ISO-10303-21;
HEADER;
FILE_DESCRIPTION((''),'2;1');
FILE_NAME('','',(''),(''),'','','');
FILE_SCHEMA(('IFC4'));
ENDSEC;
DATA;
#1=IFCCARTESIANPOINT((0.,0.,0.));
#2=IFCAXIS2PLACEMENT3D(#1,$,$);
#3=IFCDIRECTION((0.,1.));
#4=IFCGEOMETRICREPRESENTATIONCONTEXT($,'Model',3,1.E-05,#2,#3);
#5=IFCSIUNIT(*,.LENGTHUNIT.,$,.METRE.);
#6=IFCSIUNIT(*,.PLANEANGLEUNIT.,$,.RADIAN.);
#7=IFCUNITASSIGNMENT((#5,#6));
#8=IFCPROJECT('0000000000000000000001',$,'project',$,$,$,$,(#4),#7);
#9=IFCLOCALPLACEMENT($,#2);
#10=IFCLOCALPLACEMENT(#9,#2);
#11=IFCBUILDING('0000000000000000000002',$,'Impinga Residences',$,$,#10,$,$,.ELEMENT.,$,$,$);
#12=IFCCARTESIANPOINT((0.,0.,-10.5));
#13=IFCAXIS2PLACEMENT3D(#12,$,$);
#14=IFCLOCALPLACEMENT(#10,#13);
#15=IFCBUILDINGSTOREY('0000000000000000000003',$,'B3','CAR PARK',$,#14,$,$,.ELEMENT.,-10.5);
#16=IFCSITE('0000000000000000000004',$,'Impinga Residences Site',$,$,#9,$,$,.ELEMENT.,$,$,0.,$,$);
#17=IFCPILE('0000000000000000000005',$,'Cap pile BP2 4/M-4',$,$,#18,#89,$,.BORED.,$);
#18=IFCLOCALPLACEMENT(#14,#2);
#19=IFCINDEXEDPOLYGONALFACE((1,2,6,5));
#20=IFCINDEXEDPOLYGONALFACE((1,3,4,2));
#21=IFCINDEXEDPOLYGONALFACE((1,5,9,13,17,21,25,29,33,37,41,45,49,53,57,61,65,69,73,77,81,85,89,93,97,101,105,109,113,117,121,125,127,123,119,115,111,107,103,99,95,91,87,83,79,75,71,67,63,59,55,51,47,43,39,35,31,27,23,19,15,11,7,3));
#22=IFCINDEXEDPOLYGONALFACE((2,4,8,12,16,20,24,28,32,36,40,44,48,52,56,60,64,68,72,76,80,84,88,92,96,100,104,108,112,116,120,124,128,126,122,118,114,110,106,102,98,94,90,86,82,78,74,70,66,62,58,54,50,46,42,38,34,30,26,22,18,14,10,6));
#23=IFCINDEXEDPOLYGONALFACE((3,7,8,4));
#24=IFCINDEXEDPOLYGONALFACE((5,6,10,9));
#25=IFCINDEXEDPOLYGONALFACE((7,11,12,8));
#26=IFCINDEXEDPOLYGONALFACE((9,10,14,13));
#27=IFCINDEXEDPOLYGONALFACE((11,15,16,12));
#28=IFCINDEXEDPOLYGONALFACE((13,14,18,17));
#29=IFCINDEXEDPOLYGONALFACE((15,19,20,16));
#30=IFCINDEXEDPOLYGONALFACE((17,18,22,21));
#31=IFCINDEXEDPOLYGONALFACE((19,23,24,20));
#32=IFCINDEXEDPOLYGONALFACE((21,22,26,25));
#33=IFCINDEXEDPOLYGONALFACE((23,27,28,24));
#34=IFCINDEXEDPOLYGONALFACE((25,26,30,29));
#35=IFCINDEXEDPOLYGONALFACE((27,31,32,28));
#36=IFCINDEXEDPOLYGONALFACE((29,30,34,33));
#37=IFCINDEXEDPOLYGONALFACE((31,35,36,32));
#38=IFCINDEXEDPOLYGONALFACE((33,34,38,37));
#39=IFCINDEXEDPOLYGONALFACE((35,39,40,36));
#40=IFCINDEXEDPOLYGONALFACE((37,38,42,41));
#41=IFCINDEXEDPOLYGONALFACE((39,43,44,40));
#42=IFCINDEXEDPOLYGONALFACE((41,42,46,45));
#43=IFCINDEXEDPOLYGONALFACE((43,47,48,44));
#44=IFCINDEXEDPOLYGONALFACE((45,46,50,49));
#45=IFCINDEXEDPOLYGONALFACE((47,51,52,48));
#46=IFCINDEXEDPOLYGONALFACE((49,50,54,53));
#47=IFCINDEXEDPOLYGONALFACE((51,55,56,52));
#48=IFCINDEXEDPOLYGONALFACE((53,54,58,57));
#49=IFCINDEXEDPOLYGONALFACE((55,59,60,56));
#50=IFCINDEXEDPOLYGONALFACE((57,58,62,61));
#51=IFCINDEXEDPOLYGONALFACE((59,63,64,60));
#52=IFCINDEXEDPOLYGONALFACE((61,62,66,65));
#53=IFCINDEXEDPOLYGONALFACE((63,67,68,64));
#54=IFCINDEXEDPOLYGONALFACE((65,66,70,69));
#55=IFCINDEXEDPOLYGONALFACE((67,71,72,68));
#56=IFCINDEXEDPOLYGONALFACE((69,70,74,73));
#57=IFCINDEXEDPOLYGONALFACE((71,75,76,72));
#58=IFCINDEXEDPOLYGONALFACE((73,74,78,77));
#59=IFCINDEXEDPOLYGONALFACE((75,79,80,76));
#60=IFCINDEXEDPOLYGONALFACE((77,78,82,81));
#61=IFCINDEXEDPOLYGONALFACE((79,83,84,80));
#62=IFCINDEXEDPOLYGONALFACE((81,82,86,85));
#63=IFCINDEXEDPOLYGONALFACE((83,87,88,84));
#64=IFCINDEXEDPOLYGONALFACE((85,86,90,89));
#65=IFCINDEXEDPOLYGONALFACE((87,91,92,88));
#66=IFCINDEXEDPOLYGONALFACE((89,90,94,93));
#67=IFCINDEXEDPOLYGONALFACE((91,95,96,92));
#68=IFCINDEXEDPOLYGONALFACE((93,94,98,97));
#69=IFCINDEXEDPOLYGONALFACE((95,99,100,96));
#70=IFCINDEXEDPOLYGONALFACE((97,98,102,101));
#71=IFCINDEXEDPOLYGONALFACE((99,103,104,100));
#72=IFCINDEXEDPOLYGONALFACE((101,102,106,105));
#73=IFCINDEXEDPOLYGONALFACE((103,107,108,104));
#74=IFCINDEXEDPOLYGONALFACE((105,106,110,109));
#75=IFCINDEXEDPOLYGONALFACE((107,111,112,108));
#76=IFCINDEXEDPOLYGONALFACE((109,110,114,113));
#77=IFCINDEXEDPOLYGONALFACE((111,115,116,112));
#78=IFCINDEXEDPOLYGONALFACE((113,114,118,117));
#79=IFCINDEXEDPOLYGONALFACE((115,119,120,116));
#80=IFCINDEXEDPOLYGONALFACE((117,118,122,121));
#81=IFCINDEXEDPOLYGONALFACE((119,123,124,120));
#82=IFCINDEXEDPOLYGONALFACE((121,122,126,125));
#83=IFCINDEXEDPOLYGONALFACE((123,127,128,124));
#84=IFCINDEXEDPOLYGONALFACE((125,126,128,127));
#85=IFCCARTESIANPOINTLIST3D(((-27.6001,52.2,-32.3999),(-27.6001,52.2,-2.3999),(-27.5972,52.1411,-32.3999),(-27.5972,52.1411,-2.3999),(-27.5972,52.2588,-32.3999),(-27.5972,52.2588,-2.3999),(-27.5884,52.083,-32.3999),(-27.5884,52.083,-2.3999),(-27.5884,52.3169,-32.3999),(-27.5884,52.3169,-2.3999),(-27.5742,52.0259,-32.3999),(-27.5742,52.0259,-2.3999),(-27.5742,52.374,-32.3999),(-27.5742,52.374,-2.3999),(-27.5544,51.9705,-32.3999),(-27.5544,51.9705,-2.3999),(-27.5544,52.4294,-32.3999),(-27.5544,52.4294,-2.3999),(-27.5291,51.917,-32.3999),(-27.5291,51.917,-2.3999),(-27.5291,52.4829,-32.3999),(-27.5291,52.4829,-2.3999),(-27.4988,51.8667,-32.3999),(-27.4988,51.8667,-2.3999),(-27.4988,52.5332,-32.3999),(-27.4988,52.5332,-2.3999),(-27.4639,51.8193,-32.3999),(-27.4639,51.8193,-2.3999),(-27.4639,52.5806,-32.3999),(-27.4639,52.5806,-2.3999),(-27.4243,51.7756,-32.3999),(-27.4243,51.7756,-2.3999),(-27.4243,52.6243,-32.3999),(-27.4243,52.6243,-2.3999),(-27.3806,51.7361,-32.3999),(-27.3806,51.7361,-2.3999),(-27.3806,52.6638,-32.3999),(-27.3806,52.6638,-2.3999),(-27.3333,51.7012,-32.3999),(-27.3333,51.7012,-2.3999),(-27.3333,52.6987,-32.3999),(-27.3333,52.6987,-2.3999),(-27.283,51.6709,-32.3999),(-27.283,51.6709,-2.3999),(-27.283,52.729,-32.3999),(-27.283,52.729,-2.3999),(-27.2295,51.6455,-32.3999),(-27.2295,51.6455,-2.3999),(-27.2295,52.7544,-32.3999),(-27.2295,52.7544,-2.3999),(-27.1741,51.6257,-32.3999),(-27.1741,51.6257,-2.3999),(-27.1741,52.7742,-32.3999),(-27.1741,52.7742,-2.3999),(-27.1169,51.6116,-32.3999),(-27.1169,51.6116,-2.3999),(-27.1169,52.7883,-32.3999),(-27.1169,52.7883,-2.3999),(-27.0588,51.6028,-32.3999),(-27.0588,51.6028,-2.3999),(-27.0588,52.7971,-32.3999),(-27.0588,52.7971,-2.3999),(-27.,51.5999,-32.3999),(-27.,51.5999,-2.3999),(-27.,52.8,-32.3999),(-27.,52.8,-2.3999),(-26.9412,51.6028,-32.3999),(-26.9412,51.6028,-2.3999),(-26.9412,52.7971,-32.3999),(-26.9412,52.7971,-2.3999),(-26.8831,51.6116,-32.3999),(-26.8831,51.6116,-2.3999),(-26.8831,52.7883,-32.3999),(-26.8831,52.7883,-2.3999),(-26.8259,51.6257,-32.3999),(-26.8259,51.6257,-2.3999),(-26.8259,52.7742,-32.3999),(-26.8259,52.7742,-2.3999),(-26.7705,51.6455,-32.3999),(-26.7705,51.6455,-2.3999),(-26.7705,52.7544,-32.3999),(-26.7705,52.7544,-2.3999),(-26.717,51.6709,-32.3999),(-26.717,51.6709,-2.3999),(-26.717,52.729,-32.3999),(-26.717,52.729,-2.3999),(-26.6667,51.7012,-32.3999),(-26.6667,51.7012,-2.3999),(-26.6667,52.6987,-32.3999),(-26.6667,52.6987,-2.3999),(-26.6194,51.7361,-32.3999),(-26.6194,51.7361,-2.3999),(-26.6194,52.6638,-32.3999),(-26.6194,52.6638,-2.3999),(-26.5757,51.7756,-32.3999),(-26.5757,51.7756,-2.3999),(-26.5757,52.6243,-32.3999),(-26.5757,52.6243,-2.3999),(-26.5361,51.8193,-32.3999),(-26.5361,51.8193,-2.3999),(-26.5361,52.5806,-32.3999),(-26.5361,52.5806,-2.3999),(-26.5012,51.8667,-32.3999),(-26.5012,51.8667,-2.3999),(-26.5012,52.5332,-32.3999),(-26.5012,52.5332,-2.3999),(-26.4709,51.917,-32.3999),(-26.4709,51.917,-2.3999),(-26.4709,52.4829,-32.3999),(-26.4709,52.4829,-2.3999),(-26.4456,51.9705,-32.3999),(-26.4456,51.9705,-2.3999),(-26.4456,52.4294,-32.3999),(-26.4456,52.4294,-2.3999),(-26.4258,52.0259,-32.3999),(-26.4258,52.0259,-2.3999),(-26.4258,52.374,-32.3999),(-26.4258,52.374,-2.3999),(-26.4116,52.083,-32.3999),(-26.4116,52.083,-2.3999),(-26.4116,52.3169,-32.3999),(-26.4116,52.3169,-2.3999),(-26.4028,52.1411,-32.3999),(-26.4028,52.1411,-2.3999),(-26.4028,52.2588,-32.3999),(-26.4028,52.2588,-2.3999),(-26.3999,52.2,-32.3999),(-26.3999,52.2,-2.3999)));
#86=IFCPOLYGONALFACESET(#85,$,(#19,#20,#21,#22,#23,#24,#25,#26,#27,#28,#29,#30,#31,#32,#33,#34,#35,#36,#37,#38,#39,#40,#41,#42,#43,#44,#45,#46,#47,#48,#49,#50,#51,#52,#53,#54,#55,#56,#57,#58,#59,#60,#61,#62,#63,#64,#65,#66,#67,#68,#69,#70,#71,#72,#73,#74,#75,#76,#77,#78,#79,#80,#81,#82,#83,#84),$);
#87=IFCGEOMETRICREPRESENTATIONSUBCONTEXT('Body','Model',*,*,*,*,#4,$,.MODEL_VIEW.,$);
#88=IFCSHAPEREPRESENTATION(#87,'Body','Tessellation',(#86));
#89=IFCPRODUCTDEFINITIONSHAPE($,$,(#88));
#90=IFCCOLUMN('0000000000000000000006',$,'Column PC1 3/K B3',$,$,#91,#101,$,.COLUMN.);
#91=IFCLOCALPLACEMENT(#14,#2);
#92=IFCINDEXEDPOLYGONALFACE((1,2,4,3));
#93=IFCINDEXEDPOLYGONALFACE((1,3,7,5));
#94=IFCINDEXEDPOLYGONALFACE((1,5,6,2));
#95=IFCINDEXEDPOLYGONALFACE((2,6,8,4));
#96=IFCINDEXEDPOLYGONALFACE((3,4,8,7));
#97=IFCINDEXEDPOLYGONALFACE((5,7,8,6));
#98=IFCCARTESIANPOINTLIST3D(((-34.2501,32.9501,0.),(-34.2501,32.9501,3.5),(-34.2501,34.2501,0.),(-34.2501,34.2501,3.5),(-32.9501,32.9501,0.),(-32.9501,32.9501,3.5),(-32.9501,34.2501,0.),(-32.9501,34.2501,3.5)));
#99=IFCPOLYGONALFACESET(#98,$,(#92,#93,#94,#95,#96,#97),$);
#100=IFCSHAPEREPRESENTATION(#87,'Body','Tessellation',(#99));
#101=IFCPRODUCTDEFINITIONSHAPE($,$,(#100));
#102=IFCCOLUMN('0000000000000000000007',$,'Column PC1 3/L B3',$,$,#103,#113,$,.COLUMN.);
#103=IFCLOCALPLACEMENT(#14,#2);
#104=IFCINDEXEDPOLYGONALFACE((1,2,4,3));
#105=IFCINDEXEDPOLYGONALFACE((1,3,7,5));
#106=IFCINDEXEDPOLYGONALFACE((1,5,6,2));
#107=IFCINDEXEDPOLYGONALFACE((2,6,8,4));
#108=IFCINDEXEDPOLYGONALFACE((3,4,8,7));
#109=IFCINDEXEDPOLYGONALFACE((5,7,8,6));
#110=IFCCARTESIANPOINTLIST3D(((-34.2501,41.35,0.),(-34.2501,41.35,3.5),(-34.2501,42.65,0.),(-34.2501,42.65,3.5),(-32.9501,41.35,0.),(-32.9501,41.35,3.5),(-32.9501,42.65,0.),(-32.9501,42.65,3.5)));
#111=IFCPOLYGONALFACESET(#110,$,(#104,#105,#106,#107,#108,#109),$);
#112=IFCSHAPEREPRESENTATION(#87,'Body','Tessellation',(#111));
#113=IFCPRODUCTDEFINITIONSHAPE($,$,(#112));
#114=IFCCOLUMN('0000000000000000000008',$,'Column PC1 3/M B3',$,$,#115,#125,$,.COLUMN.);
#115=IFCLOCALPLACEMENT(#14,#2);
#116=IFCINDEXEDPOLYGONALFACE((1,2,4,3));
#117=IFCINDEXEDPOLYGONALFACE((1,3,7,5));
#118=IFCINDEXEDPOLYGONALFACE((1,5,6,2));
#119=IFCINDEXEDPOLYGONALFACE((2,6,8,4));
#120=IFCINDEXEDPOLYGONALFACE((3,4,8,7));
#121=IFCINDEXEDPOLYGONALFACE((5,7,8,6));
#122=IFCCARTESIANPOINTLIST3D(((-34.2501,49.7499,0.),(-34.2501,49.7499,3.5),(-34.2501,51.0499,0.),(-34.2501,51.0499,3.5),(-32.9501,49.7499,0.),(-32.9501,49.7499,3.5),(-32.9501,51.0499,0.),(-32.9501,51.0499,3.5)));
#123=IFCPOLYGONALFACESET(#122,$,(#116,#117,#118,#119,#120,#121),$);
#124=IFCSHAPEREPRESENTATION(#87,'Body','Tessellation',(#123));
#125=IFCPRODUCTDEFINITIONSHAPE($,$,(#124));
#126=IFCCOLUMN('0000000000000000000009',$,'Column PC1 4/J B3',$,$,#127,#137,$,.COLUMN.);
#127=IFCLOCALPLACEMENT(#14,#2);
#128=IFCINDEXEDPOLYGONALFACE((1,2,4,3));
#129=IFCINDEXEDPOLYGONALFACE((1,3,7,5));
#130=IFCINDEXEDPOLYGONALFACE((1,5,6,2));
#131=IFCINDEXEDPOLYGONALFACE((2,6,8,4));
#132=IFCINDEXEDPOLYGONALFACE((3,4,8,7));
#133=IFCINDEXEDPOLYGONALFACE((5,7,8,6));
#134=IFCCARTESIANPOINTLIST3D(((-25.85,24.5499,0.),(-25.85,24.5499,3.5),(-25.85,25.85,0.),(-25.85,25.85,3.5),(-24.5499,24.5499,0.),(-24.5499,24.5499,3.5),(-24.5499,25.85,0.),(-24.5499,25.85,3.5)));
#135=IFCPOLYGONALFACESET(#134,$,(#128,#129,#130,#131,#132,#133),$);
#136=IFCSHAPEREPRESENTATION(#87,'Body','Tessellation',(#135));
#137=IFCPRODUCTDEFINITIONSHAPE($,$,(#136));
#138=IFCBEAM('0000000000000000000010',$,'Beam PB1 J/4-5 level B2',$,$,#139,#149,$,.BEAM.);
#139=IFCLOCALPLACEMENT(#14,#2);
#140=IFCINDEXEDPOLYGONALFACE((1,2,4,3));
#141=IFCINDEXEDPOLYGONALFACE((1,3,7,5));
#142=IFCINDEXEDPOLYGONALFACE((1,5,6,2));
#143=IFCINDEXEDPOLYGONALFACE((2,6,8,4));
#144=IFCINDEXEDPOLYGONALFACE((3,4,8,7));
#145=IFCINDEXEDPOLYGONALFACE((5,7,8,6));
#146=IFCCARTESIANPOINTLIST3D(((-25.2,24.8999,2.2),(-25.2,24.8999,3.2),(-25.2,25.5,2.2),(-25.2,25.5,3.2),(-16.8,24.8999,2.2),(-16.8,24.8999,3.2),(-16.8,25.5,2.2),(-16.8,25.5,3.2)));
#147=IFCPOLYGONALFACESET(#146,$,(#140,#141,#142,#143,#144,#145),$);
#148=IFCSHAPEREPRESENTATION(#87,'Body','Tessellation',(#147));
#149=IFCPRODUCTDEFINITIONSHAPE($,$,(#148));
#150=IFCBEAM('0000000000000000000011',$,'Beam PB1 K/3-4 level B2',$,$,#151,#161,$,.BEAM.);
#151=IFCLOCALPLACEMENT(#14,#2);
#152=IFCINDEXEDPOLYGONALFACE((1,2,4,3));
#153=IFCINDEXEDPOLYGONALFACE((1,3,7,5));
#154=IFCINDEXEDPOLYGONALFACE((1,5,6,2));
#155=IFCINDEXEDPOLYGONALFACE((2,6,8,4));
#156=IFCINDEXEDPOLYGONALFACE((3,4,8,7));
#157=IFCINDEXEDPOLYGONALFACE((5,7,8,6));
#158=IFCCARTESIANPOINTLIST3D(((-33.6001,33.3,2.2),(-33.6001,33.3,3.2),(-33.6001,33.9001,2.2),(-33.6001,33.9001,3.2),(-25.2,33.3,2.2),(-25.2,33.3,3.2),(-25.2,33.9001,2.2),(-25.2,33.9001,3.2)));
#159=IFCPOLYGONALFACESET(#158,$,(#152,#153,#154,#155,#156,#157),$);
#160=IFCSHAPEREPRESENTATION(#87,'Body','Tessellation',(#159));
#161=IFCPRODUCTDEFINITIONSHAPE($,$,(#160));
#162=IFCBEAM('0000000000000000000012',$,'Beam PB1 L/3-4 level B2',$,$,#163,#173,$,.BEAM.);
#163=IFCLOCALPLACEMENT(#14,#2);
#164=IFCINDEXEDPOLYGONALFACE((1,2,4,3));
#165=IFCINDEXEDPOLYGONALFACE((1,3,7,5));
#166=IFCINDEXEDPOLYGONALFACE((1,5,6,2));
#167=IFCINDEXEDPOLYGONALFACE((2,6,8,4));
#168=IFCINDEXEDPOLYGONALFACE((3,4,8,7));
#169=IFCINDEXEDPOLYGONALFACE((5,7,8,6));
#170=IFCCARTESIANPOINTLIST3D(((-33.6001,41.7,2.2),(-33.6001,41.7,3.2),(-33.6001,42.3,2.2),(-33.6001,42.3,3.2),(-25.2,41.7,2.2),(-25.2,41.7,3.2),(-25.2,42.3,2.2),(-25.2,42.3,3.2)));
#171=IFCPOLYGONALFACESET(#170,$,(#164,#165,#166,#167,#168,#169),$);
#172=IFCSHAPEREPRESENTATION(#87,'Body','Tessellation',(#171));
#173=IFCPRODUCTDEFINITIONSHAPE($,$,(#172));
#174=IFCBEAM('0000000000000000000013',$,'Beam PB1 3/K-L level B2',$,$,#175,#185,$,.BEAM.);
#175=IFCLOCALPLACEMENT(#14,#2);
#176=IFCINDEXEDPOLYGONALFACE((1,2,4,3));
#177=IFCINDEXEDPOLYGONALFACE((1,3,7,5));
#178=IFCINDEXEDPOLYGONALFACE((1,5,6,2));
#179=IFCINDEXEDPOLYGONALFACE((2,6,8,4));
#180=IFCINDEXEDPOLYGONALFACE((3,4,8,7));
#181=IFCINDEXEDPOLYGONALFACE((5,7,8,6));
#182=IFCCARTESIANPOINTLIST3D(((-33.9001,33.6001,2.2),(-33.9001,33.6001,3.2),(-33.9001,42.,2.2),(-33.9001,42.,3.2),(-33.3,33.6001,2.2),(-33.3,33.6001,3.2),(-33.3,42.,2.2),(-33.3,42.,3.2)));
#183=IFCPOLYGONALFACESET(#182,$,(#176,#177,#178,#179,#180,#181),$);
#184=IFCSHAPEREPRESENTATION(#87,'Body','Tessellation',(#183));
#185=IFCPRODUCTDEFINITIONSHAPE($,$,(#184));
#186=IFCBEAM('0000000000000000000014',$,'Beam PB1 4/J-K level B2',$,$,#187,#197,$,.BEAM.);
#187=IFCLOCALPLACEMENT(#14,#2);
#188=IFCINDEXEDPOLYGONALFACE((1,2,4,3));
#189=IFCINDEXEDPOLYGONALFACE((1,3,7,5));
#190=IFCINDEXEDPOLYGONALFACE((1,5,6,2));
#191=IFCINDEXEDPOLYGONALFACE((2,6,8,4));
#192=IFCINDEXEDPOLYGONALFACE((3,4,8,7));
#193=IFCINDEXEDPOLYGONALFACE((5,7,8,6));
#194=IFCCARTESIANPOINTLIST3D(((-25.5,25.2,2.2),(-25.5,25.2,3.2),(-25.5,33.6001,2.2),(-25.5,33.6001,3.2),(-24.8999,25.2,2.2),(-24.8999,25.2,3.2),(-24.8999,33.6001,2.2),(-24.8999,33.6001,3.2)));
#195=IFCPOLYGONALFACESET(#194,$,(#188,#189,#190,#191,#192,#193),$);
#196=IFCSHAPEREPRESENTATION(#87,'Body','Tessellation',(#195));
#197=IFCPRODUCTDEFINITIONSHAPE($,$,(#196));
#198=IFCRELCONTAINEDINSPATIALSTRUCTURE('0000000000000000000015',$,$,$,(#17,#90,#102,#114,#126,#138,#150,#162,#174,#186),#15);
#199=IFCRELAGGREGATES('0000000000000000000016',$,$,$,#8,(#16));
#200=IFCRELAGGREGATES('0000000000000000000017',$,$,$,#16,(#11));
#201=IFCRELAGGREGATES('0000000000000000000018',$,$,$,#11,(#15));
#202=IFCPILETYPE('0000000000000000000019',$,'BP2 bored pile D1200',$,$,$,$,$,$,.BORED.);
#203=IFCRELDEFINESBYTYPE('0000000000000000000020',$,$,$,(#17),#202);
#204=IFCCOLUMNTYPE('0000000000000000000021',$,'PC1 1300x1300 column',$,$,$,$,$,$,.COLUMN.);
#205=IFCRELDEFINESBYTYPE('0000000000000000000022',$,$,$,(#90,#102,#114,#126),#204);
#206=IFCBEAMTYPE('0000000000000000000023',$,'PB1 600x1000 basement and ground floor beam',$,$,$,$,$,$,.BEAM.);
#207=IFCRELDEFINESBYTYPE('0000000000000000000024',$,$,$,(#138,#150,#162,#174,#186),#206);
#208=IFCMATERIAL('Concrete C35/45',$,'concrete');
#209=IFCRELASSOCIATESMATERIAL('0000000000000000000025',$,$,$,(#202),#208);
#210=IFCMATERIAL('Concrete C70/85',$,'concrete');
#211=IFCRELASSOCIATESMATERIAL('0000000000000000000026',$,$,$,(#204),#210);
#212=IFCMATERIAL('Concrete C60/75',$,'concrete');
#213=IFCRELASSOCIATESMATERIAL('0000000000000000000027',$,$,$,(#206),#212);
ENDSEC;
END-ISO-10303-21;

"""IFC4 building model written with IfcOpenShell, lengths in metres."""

from ifc_helpers import new_model, si_unit, direction, frame, origin, origin_2d, place, context, subcontext, project, spatial, polyline, rectangle, circle, outline, extrude, material, material_profile, profile_set, type_object, element, save


model = new_model("IFC4")

# Units and contexts
model_context = context("Model", 3, precision=1e-05, world=origin(), true_north=direction((0.0, 1.0)))
body_context = subcontext(model_context, "Body", "Model", "MODEL_VIEW")
ifc_project = project(units=[si_unit("LENGTHUNIT", "METRE"), si_unit("PLANEANGLEUNIT", "RADIAN")], contexts=[model_context])

# Site, building, storey
site_placement = place(None, origin())
site = spatial("IfcSite", under=ifc_project, at=site_placement, Name="Impinga Residences Site", CompositionType="ELEMENT", RefElevation=0.0)
building_placement = place(site_placement, origin())
building = spatial("IfcBuilding", under=site, at=building_placement, Name="Impinga Residences", CompositionType="ELEMENT")
storey_placement = place(building_placement, frame((0.0, 0.0, -10.5)))
storey = spatial("IfcBuildingStorey", under=building, at=storey_placement, Name="B3", Description="CAR PARK", CompositionType="ELEMENT", Elevation=-10.5)

# Pile
ifc_material_1 = material(Name="Concrete C35/45", Category="concrete")
ifc_material_profile_1 = material_profile(ifc_material_1, circle(Radius=0.6001, at=origin_2d()), Name="D1200")
ifc_profile_set_1 = profile_set([ifc_material_profile_1], Name="Concrete C35/45")
pile_type = type_object("IfcPileType", Name="BP2 bored pile D1200", PredefinedType="BORED", material=ifc_profile_set_1)
pile_1_placement = place(storey_placement, frame((-27.0, 52.2, -2.3999), z_axis=(0.0, 0.0, -1.0), x_axis=(1.0, 0.0, 0.0)))
element("IfcPile", 1, at=pile_1_placement, inside=storey, type_object=pile_type, Name="Cap pile BP2 4/M-4", PredefinedType="BORED", context=body_context, shape_type="SweptSolid", body=[
    extrude(outline(polyline([(0.6001, 0.0), (0.5972, 0.0588), (0.5884, 0.1169), (0.5742, 0.1741), (0.5544, 0.2295), (0.5291, 0.283), (0.4988, 0.3333), (0.4639, 0.3806), (0.4243, 0.4243), (0.3806, 0.4639), (0.3333, 0.4988), (0.283, 0.5291), (0.2295, 0.5544), (0.1741, 0.5742), (0.1169, 0.5884), (0.0588, 0.5972), (0.0, 0.6001), (-0.0588, 0.5972), (-0.1169, 0.5884), (-0.1741, 0.5742), (-0.2295, 0.5544), (-0.283, 0.5291), (-0.3333, 0.4988), (-0.3806, 0.4639), (-0.4243, 0.4243), (-0.4639, 0.3806), (-0.4988, 0.3333), (-0.5291, 0.283), (-0.5544, 0.2295), (-0.5742, 0.1741), (-0.5884, 0.1169), (-0.5972, 0.0588), (-0.6001, 0.0), (-0.5972, -0.0588), (-0.5884, -0.1169), (-0.5742, -0.1741), (-0.5544, -0.2295), (-0.5291, -0.283), (-0.4988, -0.3333), (-0.4639, -0.3806), (-0.4243, -0.4243), (-0.3806, -0.4639), (-0.3333, -0.4988), (-0.283, -0.5291), (-0.2295, -0.5544), (-0.1741, -0.5742), (-0.1169, -0.5884), (-0.0588, -0.5972), (0.0, -0.6001), (0.0588, -0.5972), (0.1169, -0.5884), (0.1741, -0.5742), (0.2295, -0.5544), (0.283, -0.5291), (0.3333, -0.4988), (0.3806, -0.4639), (0.4243, -0.4243), (0.4639, -0.3806), (0.4988, -0.3333), (0.5291, -0.283), (0.5544, -0.2295), (0.5742, -0.1741), (0.5884, -0.1169), (0.5972, -0.0588), (0.6001, 0.0)])), origin(), (0.0, 0.0, 1.0), 30.0),
])

# Columns
ifc_material_2 = material(Name="Concrete C70/85", Category="concrete")
ifc_material_profile_2 = material_profile(ifc_material_2, rectangle(XDim=1.3, YDim=1.3, at=origin_2d()), Name="RC 1300x1300")
ifc_profile_set_2 = profile_set([ifc_material_profile_2], Name="Concrete C70/85")
column_type = type_object("IfcColumnType", Name="PC1 1300x1300 column", PredefinedType="COLUMN", material=ifc_profile_set_2)
for number, where, z_axis, x_axis, name in (
    (2, (-33.6001, 33.6001, 0.0), (0.0, 0.0, 1.0), (1.0, 0.0, 0.0), "Column PC1 3/K B3"),
    (3, (-33.6001, 42.0, 0.0), (0.0, 0.0, 1.0), (1.0, 0.0, 0.0), "Column PC1 3/L B3"),
    (4, (-33.6001, 50.3999, 0.0), (0.0, 0.0, 1.0), (1.0, 0.0, 0.0), "Column PC1 3/M B3"),
    (5, (-25.2, 25.2, 0.0), (0.0, 0.0, 1.0), (1.0, 0.0, 0.0), "Column PC1 4/J B3"),
):
    element("IfcColumn", number, at=place(storey_placement, frame(where, z_axis=z_axis, x_axis=x_axis)), inside=storey, type_object=column_type, Name=name, PredefinedType="COLUMN", context=body_context, shape_type="SweptSolid", body=[
        extrude(rectangle(XDim=1.3, YDim=1.3, at=origin_2d()), origin(), (0.0, 0.0, 1.0), 3.5),
    ])

# Beams
ifc_material_3 = material(Name="Concrete C60/75", Category="concrete")
ifc_material_profile_3 = material_profile(ifc_material_3, rectangle(XDim=0.6001, YDim=1.0, at=origin_2d()), Name="RC 600x1000")
ifc_profile_set_3 = profile_set([ifc_material_profile_3], Name="Concrete C60/75")
beam_type = type_object("IfcBeamType", Name="PB1 600x1000 basement and ground floor beam", PredefinedType="BEAM", material=ifc_profile_set_3)
beam_1_placement = place(storey_placement, frame((-25.2, 25.2, 2.7), z_axis=(1.0, 0.0, 0.0), x_axis=(0.0, 1.0, 0.0)))
element("IfcBeam", 6, at=beam_1_placement, inside=storey, type_object=beam_type, Name="Beam PB1 J/4-5 level B2", PredefinedType="BEAM", context=body_context, shape_type="SweptSolid", body=[
    extrude(rectangle(XDim=0.6001, YDim=1.0, at=origin_2d()), origin(), (0.0, 0.0, 1.0), 8.3999),
])
for number, where, z_axis, x_axis, name in (
    (7, (-33.6001, 33.6001, 2.7), (1.0, 0.0, 0.0), (0.0, 1.0, 0.0), "Beam PB1 K/3-4 level B2"),
    (8, (-33.6001, 42.0, 2.7), (1.0, 0.0, 0.0), (0.0, 1.0, 0.0), "Beam PB1 L/3-4 level B2"),
):
    element("IfcBeam", number, at=place(storey_placement, frame(where, z_axis=z_axis, x_axis=x_axis)), inside=storey, type_object=beam_type, Name=name, PredefinedType="BEAM", context=body_context, shape_type="SweptSolid", body=[
        extrude(rectangle(XDim=0.6001, YDim=1.0, at=origin_2d()), origin(), (0.0, 0.0, 1.0), 8.4001),
    ])
beam_2_placement = place(storey_placement, frame((-33.6001, 33.6001, 2.7), z_axis=(0.0, 1.0, 0.0), x_axis=(-1.0, 0.0, 0.0)))
element("IfcBeam", 9, at=beam_2_placement, inside=storey, type_object=beam_type, Name="Beam PB1 3/K-L level B2", PredefinedType="BEAM", context=body_context, shape_type="SweptSolid", body=[
    extrude(rectangle(XDim=0.6001, YDim=1.0, at=origin_2d()), origin(), (0.0, 0.0, 1.0), 8.3999),
])
beam_3_placement = place(storey_placement, frame((-25.2, 25.2, 2.7), z_axis=(0.0, 1.0, 0.0), x_axis=(-1.0, 0.0, 0.0)))
element("IfcBeam", 10, at=beam_3_placement, inside=storey, type_object=beam_type, Name="Beam PB1 4/J-K level B2", PredefinedType="BEAM", context=body_context, shape_type="SweptSolid", body=[
    extrude(rectangle(XDim=0.6001, YDim=1.0, at=origin_2d()), origin(), (0.0, 0.0, 1.0), 8.4001),
])

save(model, "model.ifc")
